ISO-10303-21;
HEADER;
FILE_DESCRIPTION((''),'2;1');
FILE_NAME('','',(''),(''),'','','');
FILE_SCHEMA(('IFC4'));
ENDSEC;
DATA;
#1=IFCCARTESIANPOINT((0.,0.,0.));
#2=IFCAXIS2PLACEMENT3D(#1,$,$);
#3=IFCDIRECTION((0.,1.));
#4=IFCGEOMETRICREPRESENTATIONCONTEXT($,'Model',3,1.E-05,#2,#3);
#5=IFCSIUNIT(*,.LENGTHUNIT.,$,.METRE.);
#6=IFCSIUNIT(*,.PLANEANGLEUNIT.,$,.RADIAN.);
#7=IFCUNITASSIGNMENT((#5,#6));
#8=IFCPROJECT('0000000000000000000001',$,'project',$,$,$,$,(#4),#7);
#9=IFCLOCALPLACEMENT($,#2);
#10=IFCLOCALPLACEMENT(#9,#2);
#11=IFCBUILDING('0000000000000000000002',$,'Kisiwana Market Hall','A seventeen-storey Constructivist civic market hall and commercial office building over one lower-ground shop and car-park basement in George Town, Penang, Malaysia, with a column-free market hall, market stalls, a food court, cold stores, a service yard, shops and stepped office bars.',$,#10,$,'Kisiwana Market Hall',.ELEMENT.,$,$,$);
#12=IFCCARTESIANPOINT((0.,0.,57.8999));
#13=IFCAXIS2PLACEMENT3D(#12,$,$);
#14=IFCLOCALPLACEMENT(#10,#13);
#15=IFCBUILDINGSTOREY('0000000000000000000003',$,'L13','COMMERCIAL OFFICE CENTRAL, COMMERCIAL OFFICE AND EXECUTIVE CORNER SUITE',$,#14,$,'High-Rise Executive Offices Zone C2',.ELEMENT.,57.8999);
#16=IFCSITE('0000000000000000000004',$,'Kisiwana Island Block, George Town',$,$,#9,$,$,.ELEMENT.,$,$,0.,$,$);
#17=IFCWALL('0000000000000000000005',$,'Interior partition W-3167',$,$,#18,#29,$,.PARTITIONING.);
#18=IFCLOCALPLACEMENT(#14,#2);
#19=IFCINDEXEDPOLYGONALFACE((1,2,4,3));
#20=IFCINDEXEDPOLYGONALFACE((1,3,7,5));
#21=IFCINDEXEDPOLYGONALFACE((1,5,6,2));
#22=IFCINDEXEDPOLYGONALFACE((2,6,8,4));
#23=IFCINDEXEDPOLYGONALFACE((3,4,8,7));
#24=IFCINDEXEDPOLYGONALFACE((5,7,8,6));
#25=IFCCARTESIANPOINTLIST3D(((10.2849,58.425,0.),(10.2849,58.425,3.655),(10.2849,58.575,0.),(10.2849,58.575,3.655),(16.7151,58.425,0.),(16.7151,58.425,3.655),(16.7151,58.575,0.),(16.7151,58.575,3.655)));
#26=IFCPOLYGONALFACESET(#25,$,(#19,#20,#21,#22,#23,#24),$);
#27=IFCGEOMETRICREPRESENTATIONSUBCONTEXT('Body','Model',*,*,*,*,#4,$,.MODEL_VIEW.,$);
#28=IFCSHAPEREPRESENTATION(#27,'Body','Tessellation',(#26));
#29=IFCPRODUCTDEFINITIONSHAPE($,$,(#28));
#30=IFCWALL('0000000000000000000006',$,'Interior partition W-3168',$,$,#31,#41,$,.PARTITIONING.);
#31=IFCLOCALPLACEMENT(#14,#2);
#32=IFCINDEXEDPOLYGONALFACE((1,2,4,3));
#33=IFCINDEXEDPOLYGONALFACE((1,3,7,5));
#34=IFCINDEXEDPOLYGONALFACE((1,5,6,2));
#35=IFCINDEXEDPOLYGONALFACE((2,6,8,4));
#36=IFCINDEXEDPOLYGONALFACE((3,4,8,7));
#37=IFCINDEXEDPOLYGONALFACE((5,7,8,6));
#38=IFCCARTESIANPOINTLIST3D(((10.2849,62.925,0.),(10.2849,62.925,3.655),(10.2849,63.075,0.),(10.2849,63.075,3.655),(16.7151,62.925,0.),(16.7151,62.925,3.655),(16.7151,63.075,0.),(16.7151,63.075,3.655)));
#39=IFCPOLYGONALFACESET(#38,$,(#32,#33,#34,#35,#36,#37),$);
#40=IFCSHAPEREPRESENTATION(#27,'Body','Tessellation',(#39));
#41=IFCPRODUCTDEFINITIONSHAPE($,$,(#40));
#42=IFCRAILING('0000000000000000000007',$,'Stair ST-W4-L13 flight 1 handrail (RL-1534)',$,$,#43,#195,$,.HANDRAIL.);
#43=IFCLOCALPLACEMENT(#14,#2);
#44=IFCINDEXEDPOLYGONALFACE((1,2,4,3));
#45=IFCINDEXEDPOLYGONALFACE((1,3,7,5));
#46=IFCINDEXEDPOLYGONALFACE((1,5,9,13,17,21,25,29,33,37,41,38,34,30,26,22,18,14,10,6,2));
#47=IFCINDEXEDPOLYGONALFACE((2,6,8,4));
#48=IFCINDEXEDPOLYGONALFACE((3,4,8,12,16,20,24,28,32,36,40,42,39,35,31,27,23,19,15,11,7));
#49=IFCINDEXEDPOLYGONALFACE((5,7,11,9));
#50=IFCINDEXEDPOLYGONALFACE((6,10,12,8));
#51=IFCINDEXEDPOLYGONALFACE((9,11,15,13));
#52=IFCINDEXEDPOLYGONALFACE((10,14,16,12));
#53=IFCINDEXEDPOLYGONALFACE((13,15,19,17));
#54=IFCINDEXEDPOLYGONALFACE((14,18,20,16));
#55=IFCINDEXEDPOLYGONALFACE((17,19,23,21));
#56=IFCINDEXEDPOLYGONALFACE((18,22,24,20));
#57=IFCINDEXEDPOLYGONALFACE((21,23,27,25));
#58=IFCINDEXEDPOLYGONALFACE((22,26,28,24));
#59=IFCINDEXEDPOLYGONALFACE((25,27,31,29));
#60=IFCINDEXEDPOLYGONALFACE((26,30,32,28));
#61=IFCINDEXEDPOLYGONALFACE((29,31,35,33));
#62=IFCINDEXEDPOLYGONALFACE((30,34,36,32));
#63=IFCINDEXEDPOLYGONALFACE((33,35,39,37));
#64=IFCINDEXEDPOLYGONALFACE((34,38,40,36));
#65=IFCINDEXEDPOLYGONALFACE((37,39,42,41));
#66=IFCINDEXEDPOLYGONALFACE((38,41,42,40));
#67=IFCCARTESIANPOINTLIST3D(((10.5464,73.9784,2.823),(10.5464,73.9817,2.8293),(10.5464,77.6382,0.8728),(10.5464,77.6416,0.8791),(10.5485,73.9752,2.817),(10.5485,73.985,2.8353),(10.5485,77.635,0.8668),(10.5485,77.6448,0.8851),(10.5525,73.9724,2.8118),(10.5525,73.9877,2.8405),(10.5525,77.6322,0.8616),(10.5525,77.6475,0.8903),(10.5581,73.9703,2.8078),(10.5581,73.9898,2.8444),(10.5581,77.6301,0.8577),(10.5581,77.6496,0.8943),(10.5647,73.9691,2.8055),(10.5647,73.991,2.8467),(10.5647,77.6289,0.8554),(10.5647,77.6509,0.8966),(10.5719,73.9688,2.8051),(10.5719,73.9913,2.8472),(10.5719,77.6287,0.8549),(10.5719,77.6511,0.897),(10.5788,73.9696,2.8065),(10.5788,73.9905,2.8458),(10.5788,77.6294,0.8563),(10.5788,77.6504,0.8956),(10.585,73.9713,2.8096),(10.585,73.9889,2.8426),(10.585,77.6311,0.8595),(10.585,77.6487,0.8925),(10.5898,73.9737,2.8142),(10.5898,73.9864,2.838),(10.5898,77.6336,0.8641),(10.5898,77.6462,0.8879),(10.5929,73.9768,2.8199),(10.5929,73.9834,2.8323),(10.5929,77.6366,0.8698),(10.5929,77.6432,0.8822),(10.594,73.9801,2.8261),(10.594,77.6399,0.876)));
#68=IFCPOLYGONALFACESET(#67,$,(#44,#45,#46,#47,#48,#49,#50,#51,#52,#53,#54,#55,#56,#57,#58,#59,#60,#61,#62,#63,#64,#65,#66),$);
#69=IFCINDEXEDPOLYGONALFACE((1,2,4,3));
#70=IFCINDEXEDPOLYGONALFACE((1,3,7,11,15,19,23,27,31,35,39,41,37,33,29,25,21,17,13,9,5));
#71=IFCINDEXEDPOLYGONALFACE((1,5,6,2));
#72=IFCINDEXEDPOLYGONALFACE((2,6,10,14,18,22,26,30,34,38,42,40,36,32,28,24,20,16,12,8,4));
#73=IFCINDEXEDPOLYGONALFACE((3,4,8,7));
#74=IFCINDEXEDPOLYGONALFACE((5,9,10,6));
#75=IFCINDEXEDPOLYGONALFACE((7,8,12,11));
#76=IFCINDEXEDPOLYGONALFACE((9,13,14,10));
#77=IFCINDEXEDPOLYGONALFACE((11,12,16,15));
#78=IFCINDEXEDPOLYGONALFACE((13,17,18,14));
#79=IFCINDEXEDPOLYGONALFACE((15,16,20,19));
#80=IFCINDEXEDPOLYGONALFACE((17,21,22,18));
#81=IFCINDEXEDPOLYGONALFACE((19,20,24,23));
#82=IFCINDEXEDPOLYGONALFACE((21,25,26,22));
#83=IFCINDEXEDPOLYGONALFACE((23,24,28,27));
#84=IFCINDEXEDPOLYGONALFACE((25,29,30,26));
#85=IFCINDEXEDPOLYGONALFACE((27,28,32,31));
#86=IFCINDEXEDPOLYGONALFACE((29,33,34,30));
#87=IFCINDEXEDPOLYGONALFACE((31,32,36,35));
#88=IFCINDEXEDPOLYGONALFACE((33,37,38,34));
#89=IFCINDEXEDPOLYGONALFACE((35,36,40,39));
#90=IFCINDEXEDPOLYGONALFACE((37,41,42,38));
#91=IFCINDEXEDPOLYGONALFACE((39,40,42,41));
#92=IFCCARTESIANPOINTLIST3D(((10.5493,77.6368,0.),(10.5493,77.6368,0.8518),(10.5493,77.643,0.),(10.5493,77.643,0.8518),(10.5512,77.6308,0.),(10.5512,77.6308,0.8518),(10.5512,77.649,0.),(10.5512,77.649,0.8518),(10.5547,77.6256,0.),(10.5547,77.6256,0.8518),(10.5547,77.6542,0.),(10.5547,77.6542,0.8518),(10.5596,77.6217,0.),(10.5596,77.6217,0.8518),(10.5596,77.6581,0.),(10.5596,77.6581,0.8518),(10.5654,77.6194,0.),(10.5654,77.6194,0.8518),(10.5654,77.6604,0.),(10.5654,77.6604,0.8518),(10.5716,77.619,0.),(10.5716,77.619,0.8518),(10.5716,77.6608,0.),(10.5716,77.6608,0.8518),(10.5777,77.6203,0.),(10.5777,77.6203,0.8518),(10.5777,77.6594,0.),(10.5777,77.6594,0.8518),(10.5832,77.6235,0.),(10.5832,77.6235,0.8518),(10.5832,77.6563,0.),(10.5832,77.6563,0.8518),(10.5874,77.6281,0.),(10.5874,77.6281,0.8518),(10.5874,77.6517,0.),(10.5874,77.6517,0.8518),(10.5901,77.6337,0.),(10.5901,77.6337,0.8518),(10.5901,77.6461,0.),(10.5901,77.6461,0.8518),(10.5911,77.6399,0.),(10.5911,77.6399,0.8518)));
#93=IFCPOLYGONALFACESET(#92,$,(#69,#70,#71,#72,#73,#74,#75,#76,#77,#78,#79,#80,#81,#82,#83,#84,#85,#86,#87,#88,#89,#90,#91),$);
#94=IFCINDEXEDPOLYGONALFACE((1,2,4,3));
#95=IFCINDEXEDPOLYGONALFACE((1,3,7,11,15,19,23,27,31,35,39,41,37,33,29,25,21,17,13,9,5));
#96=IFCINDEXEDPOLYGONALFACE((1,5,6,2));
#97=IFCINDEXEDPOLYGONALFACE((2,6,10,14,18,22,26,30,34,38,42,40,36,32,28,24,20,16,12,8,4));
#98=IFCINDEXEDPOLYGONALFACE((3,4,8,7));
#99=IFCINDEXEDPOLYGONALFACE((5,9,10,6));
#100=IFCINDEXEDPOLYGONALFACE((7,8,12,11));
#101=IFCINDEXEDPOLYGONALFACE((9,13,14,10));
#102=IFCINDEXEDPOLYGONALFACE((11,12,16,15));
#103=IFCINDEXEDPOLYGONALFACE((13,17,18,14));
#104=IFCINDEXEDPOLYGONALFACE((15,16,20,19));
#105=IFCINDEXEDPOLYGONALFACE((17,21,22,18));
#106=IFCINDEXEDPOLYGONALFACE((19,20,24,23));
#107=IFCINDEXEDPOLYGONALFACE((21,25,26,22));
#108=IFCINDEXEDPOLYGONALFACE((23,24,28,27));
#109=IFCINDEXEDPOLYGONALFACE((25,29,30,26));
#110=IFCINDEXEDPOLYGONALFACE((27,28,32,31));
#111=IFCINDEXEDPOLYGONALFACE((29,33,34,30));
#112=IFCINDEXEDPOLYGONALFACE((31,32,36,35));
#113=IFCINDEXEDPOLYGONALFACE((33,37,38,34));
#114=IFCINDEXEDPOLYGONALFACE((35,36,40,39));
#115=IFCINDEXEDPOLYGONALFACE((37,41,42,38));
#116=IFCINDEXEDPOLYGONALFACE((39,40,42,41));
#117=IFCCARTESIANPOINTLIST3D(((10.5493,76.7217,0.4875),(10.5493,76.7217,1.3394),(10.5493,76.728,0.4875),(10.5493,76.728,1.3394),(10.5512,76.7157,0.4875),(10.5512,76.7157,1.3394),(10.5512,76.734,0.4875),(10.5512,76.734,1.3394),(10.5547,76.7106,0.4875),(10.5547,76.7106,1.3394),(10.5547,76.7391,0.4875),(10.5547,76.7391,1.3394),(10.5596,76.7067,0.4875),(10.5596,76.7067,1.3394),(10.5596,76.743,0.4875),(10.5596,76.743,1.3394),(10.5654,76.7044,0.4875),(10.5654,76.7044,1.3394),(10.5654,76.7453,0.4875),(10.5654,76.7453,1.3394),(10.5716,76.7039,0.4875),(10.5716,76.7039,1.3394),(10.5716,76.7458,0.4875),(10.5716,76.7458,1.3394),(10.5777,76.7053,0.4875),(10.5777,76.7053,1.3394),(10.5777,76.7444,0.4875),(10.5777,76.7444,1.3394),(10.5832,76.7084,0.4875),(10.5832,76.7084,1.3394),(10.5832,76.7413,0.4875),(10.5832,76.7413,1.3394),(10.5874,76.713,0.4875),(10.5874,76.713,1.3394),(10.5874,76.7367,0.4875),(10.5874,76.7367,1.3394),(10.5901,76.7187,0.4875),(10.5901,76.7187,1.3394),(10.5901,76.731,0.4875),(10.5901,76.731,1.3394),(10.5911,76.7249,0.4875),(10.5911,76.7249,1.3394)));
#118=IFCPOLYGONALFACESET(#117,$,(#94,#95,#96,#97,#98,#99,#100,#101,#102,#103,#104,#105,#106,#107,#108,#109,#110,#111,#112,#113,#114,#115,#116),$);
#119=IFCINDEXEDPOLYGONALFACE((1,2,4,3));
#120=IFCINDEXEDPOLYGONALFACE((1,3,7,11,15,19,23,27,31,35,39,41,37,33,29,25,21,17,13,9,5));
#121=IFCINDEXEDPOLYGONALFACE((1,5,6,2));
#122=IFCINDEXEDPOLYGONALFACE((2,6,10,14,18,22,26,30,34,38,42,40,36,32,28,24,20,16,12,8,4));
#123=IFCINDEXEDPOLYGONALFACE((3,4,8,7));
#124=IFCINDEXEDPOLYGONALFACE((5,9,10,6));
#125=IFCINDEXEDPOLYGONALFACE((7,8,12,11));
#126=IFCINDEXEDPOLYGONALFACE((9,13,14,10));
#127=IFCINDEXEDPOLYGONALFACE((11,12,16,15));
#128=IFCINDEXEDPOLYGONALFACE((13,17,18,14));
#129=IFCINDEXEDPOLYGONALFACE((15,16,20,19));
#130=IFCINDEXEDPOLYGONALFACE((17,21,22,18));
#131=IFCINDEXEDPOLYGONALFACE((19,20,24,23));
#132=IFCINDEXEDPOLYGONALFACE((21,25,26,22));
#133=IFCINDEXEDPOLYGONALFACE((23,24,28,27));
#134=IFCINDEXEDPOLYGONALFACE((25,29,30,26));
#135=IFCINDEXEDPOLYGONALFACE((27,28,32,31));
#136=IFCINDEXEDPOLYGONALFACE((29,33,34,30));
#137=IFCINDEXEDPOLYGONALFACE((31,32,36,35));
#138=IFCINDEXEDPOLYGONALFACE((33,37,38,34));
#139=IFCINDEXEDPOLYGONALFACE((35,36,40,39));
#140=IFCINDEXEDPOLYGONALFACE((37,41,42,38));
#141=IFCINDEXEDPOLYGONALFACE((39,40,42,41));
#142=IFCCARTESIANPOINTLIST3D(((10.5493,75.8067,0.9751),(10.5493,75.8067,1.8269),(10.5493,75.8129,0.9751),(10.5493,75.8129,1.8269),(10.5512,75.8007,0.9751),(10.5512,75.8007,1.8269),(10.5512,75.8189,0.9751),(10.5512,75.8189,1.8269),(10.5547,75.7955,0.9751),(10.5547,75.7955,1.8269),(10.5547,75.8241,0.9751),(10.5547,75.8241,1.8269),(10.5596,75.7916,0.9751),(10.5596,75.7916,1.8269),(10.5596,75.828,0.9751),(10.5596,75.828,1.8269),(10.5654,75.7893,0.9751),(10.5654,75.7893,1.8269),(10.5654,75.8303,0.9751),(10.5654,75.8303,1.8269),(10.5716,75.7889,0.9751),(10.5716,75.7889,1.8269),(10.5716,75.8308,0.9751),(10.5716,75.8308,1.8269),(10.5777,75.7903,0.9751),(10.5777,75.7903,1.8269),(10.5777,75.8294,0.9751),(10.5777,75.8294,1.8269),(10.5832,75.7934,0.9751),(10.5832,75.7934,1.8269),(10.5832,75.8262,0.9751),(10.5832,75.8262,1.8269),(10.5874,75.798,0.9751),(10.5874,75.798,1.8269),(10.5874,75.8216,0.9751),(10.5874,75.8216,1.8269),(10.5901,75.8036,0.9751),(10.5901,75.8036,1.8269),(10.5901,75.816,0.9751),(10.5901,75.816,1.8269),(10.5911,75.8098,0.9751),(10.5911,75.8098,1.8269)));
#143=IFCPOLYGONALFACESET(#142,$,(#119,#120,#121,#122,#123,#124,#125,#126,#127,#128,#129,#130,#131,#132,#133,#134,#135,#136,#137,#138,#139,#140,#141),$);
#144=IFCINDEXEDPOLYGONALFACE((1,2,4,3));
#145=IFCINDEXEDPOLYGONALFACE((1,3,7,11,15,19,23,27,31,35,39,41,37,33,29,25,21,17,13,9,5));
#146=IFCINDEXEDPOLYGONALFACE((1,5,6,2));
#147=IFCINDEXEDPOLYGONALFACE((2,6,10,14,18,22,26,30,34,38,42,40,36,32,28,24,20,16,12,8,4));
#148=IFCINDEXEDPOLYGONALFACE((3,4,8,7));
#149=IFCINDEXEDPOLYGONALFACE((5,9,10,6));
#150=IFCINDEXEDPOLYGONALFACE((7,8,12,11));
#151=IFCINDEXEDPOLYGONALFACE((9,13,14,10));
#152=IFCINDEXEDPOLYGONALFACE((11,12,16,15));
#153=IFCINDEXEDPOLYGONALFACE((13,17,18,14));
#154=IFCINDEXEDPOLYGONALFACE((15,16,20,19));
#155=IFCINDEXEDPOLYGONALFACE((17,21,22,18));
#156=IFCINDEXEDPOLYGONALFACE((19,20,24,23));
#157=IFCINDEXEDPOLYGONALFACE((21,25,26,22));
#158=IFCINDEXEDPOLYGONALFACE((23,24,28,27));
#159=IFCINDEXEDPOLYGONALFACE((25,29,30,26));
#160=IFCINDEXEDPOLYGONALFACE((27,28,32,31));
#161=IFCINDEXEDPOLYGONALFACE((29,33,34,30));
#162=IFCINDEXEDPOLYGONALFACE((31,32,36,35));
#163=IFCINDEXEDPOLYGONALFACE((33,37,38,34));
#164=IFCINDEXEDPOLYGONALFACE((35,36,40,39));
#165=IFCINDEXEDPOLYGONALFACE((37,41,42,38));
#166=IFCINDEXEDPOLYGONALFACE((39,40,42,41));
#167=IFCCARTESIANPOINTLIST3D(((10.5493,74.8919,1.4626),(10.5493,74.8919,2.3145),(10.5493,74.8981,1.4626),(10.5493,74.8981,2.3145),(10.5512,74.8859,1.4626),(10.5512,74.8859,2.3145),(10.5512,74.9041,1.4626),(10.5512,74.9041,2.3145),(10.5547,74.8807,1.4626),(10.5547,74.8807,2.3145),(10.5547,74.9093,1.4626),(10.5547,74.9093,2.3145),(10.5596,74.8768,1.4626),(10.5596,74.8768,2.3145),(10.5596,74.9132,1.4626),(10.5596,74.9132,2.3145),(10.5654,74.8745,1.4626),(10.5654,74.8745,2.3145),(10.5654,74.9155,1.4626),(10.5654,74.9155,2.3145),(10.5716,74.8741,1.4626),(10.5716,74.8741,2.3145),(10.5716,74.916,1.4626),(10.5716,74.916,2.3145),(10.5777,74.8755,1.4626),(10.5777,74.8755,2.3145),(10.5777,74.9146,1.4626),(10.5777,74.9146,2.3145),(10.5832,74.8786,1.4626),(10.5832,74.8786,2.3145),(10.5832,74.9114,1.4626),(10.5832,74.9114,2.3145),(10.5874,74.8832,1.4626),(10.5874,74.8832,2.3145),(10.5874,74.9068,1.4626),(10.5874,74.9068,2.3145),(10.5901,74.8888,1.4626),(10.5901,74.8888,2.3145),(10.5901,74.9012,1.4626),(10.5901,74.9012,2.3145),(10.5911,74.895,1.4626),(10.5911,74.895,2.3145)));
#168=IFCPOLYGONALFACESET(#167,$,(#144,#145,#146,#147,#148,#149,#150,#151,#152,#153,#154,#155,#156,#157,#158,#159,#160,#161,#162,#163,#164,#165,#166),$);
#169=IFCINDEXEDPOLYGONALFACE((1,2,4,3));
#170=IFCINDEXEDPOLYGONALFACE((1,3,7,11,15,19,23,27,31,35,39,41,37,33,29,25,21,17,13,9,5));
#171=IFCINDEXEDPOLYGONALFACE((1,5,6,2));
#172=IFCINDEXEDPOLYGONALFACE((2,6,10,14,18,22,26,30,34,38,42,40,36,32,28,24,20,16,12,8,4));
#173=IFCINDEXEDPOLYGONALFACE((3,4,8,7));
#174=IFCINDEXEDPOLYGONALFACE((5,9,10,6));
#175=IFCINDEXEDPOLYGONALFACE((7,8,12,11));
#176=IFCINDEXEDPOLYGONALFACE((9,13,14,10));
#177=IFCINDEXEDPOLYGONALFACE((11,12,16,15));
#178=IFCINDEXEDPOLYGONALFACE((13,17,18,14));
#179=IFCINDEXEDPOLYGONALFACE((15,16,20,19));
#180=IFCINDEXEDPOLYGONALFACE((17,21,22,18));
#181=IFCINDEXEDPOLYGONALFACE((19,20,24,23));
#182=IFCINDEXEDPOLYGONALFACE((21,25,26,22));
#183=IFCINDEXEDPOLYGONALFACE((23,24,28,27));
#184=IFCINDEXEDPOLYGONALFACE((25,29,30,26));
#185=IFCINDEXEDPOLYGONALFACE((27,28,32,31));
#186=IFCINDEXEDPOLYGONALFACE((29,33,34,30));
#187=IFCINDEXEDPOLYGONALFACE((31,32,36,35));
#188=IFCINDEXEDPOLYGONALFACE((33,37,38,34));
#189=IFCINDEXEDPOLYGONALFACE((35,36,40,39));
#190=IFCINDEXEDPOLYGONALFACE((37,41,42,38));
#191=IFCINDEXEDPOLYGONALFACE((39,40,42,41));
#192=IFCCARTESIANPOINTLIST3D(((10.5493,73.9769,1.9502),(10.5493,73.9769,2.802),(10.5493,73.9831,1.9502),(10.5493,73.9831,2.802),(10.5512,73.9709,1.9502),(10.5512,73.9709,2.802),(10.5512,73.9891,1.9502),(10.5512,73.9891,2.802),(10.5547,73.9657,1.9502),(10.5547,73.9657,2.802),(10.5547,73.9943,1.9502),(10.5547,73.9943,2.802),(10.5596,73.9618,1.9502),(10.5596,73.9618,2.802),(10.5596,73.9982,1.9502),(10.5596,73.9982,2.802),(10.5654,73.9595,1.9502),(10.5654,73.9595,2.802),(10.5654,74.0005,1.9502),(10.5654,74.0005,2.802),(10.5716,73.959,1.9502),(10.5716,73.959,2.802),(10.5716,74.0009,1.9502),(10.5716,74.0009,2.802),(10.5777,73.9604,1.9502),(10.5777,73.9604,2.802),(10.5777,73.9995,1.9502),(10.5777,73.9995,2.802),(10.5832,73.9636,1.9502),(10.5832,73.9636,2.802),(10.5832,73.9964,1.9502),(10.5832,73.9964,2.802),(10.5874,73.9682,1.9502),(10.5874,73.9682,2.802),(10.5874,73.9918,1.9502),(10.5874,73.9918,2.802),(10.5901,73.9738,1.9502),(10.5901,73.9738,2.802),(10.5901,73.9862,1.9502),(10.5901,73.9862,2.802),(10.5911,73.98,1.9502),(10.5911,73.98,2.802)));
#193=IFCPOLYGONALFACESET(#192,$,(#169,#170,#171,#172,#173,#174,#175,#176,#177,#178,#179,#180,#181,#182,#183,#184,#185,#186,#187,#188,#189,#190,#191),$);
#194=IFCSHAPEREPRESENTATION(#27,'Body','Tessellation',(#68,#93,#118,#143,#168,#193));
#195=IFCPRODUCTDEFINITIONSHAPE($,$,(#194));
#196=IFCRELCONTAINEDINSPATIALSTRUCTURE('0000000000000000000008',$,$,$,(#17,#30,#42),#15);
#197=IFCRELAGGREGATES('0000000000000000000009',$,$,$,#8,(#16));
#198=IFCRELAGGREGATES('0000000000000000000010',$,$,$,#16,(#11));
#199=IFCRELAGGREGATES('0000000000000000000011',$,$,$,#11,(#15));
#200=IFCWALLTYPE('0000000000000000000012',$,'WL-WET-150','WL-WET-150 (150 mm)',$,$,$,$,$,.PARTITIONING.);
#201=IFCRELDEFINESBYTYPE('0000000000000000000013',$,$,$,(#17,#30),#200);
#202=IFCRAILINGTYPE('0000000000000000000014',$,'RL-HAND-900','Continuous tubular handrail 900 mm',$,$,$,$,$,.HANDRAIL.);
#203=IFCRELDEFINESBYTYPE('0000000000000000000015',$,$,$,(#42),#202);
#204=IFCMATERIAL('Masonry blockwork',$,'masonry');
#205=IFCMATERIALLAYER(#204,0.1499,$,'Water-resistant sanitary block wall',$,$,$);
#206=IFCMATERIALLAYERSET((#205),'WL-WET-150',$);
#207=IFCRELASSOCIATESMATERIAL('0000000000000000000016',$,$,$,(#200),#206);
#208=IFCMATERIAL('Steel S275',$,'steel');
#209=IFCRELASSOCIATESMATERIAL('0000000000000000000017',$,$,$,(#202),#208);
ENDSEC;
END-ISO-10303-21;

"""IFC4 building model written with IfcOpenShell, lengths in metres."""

from ifc_helpers import new_model, si_unit, direction, frame, frame_2d, origin, origin_2d, place, context, subcontext, project, spatial, rectangle, circle, extrude, material, layer, layer_set, type_object, element, save


model = new_model("IFC4")

# Units and contexts
model_context = context("Model", 3, precision=1e-05, world=origin(), true_north=direction((0.0, 1.0)))
body_context = subcontext(model_context, "Body", "Model", "MODEL_VIEW")
ifc_project = project(units=[si_unit("LENGTHUNIT", "METRE"), si_unit("PLANEANGLEUNIT", "RADIAN")], contexts=[model_context])

# Site, building, storey
site_placement = place(None, origin())
site = spatial("IfcSite", under=ifc_project, at=site_placement, Name="Kisiwana Island Block, George Town", CompositionType="ELEMENT", RefElevation=0.0)
building_placement = place(site_placement, origin())
building = spatial("IfcBuilding", under=site, at=building_placement, Name="Kisiwana Market Hall", Description="A seventeen-storey Constructivist civic market hall and commercial office building over one lower-ground shop and car-park basement in George Town, Penang, Malaysia, with a column-free market hall, market stalls, a food court, cold stores, a service yard, shops and stepped office bars.", LongName="Kisiwana Market Hall", CompositionType="ELEMENT")
storey_placement = place(building_placement, frame((0.0, 0.0, 57.8999)))
storey = spatial("IfcBuildingStorey", under=building, at=storey_placement, Name="L13", Description="COMMERCIAL OFFICE CENTRAL, COMMERCIAL OFFICE AND EXECUTIVE CORNER SUITE", LongName="High-Rise Executive Offices Zone C2", CompositionType="ELEMENT", Elevation=57.8999)

# Walls
ifc_material_1 = material(Name="Masonry blockwork", Category="masonry")
ifc_layer_1 = layer(ifc_material_1, 0.1499, Name="Water-resistant sanitary block wall")
ifc_layer_set_1 = layer_set([ifc_layer_1], Name="WL-WET-150")
wall_type_1 = type_object("IfcWallType", Name="WL-WET-150", Description="WL-WET-150 (150 mm)", PredefinedType="PARTITIONING", material=ifc_layer_set_1)
for number, where, z_axis, x_axis, name in (
    (1, (10.2849, 58.5, 0.0), (0.0, 0.0, 1.0), (1.0, 0.0, 0.0), "Interior partition W-3167"),
    (2, (10.2849, 63.0, 0.0), (0.0, 0.0, 1.0), (1.0, 0.0, 0.0), "Interior partition W-3168"),
):
    element("IfcWall", number, at=place(storey_placement, frame(where, z_axis=z_axis, x_axis=x_axis)), inside=storey, type_object=wall_type_1, Name=name, PredefinedType="PARTITIONING", context=body_context, shape_type="SweptSolid", body=[
        extrude(rectangle(XDim=6.4302, YDim=0.1499, at=frame_2d((3.2151, 0.0))), origin(), (0.0, 0.0, 1.0), 3.655),
    ])

# Railing
ifc_material_2 = material(Name="Steel S275", Category="steel")
railing_type_1 = type_object("IfcRailingType", Name="RL-HAND-900", Description="Continuous tubular handrail 900 mm", PredefinedType="HANDRAIL", material=ifc_material_2)
for number, where, name in (
    (3, (10.5701, 77.6399, 0.0), "Stair ST-W4-L13 flight 1 handrail (RL-1534)"),
):
    element("IfcRailing", number, at=place(storey_placement, frame(where)), inside=storey, type_object=railing_type_1, Name=name, PredefinedType="HANDRAIL", context=body_context, shape_type="SweptSolid", body=[
        extrude(circle(Radius=0.0239, at=origin_2d()), frame((0.0, 0.0, 0.876), z_axis=(0.0, -0.882529, 0.470258), x_axis=(1.0, 0.0, 0.0)), (0.0, 0.0, 1.0), 4.147),
        extrude(circle(Radius=0.021, at=origin_2d()), origin(), (0.0, 0.0, 1.0), 0.8518),
        extrude(circle(Radius=0.021, at=origin_2d()), frame((0.0, -0.915, 0.4875)), (0.0, 0.0, 1.0), 0.8518),
        extrude(circle(Radius=0.021, at=origin_2d()), frame((0.0, -1.8301, 0.9751)), (0.0, 0.0, 1.0), 0.8518),
        extrude(circle(Radius=0.021, at=origin_2d()), frame((0.0, -2.7449, 1.4626)), (0.0, 0.0, 1.0), 0.8518),
        extrude(circle(Radius=0.021, at=origin_2d()), frame((0.0, -3.6599, 1.9502)), (0.0, 0.0, 1.0), 0.8518),
    ])

save(model, "model.ifc")
